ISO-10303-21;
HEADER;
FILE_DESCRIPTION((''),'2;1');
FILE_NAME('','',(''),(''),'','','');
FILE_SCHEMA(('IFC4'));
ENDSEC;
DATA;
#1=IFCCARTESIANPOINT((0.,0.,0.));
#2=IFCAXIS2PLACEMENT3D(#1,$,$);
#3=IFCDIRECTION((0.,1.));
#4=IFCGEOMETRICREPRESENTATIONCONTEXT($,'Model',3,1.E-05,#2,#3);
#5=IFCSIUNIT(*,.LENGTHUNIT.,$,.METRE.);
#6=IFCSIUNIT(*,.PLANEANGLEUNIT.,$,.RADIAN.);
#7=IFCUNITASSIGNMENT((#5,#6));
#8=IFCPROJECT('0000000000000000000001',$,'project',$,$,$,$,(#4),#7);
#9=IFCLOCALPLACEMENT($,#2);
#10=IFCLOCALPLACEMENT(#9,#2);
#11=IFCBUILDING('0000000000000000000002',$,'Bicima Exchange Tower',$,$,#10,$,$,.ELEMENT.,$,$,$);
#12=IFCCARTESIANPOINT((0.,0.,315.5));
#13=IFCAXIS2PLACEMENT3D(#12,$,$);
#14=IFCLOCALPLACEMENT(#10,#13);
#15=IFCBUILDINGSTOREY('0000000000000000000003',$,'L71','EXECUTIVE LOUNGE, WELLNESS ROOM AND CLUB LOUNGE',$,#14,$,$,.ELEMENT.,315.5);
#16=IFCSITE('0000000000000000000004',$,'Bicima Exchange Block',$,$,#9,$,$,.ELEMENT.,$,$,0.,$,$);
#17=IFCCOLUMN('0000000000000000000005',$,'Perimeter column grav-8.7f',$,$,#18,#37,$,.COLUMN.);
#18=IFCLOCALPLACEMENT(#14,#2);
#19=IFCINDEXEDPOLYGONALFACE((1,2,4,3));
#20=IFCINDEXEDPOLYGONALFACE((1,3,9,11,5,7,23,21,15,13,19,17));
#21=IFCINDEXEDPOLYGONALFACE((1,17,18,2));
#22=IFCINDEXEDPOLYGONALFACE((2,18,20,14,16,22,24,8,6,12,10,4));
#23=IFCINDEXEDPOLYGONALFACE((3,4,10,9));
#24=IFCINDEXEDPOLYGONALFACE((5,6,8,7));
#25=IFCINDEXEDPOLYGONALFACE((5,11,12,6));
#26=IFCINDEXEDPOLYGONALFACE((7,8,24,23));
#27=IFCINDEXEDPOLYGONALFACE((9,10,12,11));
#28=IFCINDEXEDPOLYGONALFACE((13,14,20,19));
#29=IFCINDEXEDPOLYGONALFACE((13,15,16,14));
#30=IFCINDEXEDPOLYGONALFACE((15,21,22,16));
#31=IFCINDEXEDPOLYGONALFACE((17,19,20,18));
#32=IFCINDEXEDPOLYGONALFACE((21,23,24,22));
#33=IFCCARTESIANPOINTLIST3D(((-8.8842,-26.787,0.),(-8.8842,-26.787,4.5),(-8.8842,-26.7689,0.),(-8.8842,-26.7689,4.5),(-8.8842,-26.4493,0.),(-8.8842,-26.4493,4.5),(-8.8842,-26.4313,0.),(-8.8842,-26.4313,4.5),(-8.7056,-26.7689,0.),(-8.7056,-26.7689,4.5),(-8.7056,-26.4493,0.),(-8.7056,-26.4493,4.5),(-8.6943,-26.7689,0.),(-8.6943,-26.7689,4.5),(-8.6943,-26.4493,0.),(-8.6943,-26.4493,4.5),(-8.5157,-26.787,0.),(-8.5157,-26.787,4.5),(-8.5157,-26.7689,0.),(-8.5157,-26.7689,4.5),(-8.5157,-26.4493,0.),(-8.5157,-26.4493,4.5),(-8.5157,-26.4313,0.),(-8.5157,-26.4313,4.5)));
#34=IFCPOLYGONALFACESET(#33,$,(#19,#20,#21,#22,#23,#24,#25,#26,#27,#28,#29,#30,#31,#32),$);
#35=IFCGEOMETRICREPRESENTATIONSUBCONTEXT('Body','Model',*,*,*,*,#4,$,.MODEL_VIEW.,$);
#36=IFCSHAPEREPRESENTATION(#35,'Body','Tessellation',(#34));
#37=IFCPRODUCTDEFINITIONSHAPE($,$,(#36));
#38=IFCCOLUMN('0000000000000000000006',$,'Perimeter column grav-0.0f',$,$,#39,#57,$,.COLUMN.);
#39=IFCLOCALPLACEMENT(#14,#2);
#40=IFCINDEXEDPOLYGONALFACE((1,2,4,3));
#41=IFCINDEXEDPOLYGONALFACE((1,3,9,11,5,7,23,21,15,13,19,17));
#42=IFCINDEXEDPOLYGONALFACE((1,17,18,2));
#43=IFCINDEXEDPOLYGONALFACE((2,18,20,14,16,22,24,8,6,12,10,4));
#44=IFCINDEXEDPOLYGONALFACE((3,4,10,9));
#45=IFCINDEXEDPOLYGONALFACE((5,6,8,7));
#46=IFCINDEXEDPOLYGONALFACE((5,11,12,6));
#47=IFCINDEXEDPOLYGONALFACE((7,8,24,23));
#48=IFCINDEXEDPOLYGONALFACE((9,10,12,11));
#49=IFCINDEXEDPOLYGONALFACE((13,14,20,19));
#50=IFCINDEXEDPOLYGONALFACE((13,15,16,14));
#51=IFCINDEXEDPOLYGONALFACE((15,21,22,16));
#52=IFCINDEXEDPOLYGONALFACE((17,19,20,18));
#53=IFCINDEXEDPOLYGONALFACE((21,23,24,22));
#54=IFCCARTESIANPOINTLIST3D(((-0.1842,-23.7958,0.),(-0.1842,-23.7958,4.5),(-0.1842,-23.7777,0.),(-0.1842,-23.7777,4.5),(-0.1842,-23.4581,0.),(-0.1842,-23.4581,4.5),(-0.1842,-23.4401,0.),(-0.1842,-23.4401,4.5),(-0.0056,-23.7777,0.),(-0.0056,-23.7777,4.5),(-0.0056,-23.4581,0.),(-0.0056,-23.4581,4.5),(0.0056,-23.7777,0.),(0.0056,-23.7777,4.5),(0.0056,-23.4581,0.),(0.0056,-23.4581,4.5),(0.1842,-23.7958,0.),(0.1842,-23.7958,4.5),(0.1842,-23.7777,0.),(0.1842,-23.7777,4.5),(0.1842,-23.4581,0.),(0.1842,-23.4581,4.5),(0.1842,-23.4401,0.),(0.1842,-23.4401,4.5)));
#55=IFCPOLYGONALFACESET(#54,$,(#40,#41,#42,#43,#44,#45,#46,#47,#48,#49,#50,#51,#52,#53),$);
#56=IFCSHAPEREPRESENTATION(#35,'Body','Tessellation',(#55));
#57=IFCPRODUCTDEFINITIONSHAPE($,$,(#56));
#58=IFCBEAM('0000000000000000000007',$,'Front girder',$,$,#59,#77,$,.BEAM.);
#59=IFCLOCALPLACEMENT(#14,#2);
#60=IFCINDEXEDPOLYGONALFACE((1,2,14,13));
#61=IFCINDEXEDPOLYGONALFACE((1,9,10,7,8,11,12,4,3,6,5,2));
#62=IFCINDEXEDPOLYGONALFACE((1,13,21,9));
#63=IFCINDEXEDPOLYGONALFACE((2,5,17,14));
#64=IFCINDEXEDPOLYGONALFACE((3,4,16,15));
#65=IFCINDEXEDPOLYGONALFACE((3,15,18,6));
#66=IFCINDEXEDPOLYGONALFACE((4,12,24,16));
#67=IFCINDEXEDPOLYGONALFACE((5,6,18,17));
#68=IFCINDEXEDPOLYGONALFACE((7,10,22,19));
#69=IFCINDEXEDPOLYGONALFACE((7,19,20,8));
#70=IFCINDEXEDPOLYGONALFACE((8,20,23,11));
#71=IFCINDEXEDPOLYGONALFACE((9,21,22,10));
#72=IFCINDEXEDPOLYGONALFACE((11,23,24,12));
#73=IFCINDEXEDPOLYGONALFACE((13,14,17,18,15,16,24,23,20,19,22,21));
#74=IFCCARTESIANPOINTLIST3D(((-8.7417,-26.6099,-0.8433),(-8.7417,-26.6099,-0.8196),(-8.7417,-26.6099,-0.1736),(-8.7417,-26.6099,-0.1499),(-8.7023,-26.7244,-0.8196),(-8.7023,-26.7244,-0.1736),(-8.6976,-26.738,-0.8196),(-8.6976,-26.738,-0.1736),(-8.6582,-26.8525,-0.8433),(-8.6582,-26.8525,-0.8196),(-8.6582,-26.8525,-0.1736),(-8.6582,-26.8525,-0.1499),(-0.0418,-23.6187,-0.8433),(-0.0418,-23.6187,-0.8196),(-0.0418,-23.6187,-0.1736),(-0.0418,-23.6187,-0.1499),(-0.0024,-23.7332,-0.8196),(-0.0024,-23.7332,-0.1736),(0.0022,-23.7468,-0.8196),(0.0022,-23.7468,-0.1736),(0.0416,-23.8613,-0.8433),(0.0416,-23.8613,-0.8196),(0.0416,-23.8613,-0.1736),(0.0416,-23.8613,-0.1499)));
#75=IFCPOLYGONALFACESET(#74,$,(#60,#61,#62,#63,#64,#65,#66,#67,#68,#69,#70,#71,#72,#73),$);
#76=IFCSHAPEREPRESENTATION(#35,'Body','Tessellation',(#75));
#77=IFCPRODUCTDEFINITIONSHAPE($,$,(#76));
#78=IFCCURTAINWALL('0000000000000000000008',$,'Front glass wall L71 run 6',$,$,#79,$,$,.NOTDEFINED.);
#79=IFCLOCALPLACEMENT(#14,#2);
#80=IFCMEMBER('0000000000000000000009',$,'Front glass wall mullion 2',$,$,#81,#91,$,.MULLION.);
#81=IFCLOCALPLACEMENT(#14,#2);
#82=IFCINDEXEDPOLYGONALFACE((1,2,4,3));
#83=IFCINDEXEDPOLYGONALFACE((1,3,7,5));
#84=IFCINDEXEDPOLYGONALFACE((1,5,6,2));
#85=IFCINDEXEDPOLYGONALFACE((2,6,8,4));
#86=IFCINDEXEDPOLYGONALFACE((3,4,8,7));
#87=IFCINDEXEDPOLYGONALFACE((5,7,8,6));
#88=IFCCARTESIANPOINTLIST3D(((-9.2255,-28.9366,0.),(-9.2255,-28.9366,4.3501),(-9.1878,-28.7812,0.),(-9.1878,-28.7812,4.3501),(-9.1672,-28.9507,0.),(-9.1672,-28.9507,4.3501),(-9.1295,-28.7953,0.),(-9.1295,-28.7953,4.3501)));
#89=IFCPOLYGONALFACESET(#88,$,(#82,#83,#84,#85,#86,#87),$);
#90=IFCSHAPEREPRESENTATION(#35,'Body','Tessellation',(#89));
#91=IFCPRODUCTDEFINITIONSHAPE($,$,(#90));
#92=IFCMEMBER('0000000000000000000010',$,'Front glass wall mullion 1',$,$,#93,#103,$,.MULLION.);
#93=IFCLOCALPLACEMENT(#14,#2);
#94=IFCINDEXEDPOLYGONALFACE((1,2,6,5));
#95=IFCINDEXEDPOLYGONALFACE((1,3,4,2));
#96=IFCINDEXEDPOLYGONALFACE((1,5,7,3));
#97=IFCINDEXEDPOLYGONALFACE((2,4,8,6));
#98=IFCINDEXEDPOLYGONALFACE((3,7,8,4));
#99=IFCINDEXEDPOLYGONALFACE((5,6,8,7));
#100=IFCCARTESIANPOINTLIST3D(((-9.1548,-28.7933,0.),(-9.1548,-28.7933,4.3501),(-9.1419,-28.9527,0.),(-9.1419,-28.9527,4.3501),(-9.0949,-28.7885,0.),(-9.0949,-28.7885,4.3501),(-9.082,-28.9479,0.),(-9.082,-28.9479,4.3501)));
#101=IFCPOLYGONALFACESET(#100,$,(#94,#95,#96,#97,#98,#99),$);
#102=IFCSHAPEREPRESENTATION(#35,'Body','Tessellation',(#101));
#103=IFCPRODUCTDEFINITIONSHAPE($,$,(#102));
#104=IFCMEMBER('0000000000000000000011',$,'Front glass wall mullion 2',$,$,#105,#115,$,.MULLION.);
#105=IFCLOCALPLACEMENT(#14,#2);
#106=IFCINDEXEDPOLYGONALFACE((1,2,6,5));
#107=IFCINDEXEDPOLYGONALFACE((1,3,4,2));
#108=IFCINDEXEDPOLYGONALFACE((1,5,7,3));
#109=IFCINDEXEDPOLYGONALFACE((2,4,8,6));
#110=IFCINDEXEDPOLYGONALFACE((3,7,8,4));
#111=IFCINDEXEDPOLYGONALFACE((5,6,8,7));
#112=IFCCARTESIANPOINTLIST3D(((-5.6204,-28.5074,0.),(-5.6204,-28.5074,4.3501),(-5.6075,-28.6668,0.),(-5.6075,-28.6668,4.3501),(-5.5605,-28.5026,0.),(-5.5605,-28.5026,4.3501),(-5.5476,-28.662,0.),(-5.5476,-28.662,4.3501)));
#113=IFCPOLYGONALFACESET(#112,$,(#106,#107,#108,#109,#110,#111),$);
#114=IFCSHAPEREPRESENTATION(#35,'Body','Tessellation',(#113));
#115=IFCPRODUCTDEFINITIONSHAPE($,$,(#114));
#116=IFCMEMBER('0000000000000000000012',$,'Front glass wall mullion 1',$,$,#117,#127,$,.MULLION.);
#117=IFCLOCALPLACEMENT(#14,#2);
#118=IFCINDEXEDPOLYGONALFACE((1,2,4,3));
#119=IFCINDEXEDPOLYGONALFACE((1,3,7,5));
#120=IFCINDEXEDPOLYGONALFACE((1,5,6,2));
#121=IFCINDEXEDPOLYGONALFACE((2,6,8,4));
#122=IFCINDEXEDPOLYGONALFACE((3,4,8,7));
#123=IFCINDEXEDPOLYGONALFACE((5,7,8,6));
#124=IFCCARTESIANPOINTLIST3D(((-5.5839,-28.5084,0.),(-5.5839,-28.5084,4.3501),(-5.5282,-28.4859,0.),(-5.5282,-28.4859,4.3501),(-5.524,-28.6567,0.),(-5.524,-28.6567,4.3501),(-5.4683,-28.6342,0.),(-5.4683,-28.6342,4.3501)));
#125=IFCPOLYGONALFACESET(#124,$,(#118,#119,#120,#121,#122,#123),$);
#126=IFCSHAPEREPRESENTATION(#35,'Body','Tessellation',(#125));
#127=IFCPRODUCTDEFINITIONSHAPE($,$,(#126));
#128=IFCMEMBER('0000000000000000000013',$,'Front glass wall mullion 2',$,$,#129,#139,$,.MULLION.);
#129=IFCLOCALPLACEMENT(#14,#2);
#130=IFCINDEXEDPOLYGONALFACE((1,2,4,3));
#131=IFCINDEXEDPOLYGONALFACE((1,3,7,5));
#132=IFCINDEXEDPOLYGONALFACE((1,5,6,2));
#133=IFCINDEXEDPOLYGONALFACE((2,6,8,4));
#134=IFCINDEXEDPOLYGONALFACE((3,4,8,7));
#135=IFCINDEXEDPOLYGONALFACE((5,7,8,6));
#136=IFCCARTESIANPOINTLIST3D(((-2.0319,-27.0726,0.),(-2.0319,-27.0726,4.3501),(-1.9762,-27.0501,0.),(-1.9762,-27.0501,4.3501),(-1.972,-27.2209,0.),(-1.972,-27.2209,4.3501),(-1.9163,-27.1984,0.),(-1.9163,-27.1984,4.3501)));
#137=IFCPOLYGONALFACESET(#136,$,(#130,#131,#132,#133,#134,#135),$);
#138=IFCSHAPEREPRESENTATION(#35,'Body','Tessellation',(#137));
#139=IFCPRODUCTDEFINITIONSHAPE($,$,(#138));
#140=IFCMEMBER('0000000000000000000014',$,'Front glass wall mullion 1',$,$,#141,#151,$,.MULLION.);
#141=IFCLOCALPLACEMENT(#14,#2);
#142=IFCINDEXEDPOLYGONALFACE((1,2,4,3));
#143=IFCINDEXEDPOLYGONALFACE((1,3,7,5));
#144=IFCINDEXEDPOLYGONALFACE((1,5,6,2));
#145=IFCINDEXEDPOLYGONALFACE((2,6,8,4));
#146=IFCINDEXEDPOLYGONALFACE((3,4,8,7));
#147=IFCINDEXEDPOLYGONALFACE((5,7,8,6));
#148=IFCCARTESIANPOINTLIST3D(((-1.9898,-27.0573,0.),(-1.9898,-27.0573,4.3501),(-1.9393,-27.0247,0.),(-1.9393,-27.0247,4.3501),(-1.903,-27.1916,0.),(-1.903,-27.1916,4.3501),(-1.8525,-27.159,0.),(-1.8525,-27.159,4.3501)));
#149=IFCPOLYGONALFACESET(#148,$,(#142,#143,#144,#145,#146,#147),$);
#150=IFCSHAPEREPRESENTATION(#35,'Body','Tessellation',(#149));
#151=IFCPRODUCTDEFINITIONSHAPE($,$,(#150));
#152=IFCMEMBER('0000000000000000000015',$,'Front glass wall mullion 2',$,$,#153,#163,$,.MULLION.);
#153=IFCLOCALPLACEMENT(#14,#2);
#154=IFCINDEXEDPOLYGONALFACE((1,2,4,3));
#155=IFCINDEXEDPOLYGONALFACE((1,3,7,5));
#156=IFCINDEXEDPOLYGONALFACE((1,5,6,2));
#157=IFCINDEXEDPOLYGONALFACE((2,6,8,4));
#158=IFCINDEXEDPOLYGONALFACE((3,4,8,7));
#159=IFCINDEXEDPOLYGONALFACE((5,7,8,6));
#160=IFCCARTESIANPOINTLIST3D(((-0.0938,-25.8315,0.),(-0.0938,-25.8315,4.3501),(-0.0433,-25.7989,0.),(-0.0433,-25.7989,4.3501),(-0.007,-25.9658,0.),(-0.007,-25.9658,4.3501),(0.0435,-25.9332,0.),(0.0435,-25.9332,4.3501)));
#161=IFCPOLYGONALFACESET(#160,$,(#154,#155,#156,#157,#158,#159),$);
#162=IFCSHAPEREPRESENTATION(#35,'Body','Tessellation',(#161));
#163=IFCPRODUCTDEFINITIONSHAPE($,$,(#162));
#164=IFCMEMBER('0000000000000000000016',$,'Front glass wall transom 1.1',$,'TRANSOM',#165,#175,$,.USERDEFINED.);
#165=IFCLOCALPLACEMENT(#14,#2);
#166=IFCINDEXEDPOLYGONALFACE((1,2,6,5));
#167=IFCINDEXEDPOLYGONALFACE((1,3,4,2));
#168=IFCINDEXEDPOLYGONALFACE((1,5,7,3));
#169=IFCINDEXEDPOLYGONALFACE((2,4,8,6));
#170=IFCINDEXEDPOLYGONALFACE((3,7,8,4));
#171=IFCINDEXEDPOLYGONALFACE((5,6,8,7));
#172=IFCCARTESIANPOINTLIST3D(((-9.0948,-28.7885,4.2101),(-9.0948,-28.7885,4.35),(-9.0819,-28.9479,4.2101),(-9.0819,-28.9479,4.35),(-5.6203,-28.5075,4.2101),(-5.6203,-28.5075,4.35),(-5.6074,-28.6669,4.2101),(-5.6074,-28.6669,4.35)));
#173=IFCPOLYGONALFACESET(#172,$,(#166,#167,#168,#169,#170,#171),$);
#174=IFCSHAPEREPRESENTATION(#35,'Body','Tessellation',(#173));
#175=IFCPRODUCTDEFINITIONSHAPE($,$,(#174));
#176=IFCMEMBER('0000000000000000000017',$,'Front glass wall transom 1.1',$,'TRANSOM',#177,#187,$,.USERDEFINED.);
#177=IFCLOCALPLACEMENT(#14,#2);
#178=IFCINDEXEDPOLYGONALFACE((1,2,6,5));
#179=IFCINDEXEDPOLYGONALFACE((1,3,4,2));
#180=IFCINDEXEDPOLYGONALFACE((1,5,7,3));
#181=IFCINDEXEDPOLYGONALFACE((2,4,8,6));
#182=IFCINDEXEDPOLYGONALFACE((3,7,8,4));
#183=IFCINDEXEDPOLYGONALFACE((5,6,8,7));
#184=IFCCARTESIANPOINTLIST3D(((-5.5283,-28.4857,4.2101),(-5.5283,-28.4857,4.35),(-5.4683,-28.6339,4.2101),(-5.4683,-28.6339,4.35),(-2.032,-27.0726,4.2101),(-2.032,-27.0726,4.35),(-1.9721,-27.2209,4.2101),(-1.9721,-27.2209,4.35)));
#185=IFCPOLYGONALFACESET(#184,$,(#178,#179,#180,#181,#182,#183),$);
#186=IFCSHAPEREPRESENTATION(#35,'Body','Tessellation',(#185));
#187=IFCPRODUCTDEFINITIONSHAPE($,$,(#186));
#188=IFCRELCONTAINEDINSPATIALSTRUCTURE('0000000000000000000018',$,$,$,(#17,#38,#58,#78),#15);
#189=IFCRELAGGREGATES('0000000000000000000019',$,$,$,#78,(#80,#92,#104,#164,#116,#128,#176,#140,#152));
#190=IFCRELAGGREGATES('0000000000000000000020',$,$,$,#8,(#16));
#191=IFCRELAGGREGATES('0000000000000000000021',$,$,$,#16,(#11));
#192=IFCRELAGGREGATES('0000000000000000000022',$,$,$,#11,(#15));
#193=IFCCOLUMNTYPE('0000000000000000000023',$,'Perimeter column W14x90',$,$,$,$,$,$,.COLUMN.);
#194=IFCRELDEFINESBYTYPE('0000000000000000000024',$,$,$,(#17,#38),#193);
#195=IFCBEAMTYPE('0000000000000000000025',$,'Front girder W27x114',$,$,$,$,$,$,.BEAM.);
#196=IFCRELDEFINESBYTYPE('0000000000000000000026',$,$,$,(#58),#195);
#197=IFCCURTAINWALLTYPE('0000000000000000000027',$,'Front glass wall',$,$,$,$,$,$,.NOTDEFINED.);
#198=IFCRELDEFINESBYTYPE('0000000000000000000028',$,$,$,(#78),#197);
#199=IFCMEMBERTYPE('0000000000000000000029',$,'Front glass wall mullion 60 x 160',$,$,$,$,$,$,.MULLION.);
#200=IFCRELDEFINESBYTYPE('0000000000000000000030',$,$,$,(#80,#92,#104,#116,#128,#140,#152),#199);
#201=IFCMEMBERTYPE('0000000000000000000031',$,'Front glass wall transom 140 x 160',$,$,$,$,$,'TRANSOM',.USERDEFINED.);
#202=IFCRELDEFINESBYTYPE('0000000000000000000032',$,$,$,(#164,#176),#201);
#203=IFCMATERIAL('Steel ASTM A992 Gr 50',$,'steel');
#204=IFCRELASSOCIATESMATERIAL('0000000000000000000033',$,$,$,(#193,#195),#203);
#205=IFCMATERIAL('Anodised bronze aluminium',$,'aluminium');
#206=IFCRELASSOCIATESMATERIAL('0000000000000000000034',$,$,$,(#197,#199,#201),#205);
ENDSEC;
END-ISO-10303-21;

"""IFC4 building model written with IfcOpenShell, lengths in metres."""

from ifc_helpers import new_model, si_unit, direction, frame, origin, origin_2d, place, context, subcontext, project, spatial, rectangle, i_section, extrude, material, material_profile, profile_set, type_object, element, aggregate, save


model = new_model("IFC4")

# Units and contexts
model_context = context("Model", 3, precision=1e-05, world=origin(), true_north=direction((0.0, 1.0)))
body_context = subcontext(model_context, "Body", "Model", "MODEL_VIEW")
ifc_project = project(units=[si_unit("LENGTHUNIT", "METRE"), si_unit("PLANEANGLEUNIT", "RADIAN")], contexts=[model_context])

# Site, building, storey
site_placement = place(None, origin())
site = spatial("IfcSite", under=ifc_project, at=site_placement, Name="Bicima Exchange Block", CompositionType="ELEMENT", RefElevation=0.0)
building_placement = place(site_placement, origin())
building = spatial("IfcBuilding", under=site, at=building_placement, Name="Bicima Exchange Tower", CompositionType="ELEMENT")
storey_placement = place(building_placement, frame((0.0, 0.0, 315.5)))
storey = spatial("IfcBuildingStorey", under=building, at=storey_placement, Name="L71", Description="EXECUTIVE LOUNGE, WELLNESS ROOM AND CLUB LOUNGE", CompositionType="ELEMENT", Elevation=315.5)

# Columns
ifc_material_1 = material(Name="Steel ASTM A992 Gr 50", Category="steel")
ifc_material_profile_1 = material_profile(ifc_material_1, i_section(OverallWidth=0.3684, OverallDepth=0.3557, WebThickness=0.0112, FlangeThickness=0.0181, at=origin_2d()))
ifc_profile_set_1 = profile_set([ifc_material_profile_1], Name="Steel ASTM A992 Gr 50")
column_type = type_object("IfcColumnType", Name="Perimeter column W14x90", PredefinedType="COLUMN", material=ifc_profile_set_1)
for number, where, z_axis, x_axis, name in (
    (1, (-8.7, -26.6091, 0.0), (0.0, 0.0, 1.0), (1.0, 0.0, 0.0), "Perimeter column grav-8.7f"),
    (2, (0.0, -23.6179, 0.0), (0.0, 0.0, 1.0), (1.0, 0.0, 0.0), "Perimeter column grav-0.0f"),
):
    element("IfcColumn", number, at=place(storey_placement, frame(where, z_axis=z_axis, x_axis=x_axis)), inside=storey, type_object=column_type, Name=name, PredefinedType="COLUMN", context=body_context, shape_type="SweptSolid", body=[
        extrude(i_section(OverallWidth=0.3684, OverallDepth=0.3557, WebThickness=0.0112, FlangeThickness=0.0181, at=origin_2d()), origin(), (0.0, 0.0, 1.0), 4.5),
    ])

# Beam
ifc_material_profile_2 = material_profile(ifc_material_1, i_section(OverallWidth=0.2566, OverallDepth=0.6934, WebThickness=0.0144, FlangeThickness=0.0237, at=origin_2d()))
ifc_profile_set_2 = profile_set([ifc_material_profile_2], Name="Steel ASTM A992 Gr 50")
beam_type = type_object("IfcBeamType", Name="Front girder W27x114", PredefinedType="BEAM", material=ifc_profile_set_2)
beam_placement = place(storey_placement, frame((-8.7, -26.7312, -0.4966), z_axis=(0.945666, 0.325138, 0.0), x_axis=(-0.325138, 0.945666, 0.0)))
element("IfcBeam", 3, at=beam_placement, inside=storey, type_object=beam_type, Name="Front girder", PredefinedType="BEAM", context=body_context, shape_type="SweptSolid", body=[
    extrude(i_section(OverallWidth=0.2566, OverallDepth=0.6934, WebThickness=0.0144, FlangeThickness=0.0237, at=origin_2d()), origin(), (0.0, 0.0, 1.0), 9.1997),
])

# Curtain wall, members
ifc_material_2 = material(Name="Anodised bronze aluminium", Category="aluminium")
curtain_wall_type = type_object("IfcCurtainWallType", Name="Front glass wall", PredefinedType="NOTDEFINED", material=ifc_material_2)
curtain_wall_placement = place(storey_placement, origin())
curtain_wall = element("IfcCurtainWall", 4, at=curtain_wall_placement, inside=storey, type_object=curtain_wall_type, Name="Front glass wall L71 run 6", PredefinedType="NOTDEFINED")
ifc_material_profile_3 = material_profile(ifc_material_2, rectangle(XDim=0.1599, YDim=0.0601, at=origin_2d()))
ifc_profile_set_3 = profile_set([ifc_material_profile_3], Name="Anodised bronze aluminium")
member_type_1 = type_object("IfcMemberType", Name="Front glass wall mullion 60 x 160", PredefinedType="MULLION", material=ifc_profile_set_3)
member_1_placement = place(storey_placement, frame((-9.1775, -28.866, 0.0), z_axis=(0.0, 0.0, 1.0), x_axis=(0.235682, 0.97183, 0.0)))
member_1 = element("IfcMember", 5, at=member_1_placement, type_object=member_type_1, Name="Front glass wall mullion 2", PredefinedType="MULLION", context=body_context, shape_type="SweptSolid", body=[
    extrude(rectangle(XDim=0.1599, YDim=0.0601, at=origin_2d()), origin(), (0.0, 0.0, 1.0), 4.3501),
])
member_2_placement = place(storey_placement, frame((-9.1184, -28.8706, 0.0), z_axis=(0.0, 0.0, 1.0), x_axis=(-0.080589, 0.996747, 0.0)))
member_2 = element("IfcMember", 6, at=member_2_placement, type_object=member_type_1, Name="Front glass wall mullion 1", PredefinedType="MULLION", context=body_context, shape_type="SweptSolid", body=[
    extrude(rectangle(XDim=0.1599, YDim=0.0601, at=origin_2d()), origin(), (0.0, 0.0, 1.0), 4.3501),
])
member_3_placement = place(storey_placement, frame((-5.584, -28.5847, 0.0), z_axis=(0.0, 0.0, 1.0), x_axis=(-0.080589, 0.996747, 0.0)))
member_3 = element("IfcMember", 7, at=member_3_placement, type_object=member_type_1, Name="Front glass wall mullion 2", PredefinedType="MULLION", context=body_context, shape_type="SweptSolid", body=[
    extrude(rectangle(XDim=0.1599, YDim=0.0601, at=origin_2d()), origin(), (0.0, 0.0, 1.0), 4.3501),
])
member_4_placement = place(storey_placement, frame((-5.5261, -28.5713, 0.0), z_axis=(0.0, 0.0, 1.0), x_axis=(-0.374705, 0.927144, 0.0)))
member_4 = element("IfcMember", 8, at=member_4_placement, type_object=member_type_1, Name="Front glass wall mullion 1", PredefinedType="MULLION", context=body_context, shape_type="SweptSolid", body=[
    extrude(rectangle(XDim=0.1599, YDim=0.0601, at=origin_2d()), origin(), (0.0, 0.0, 1.0), 4.3501),
])
member_5_placement = place(storey_placement, frame((-1.9741, -27.1355, 0.0), z_axis=(0.0, 0.0, 1.0), x_axis=(-0.374705, 0.927144, 0.0)))
member_5 = element("IfcMember", 9, at=member_5_placement, type_object=member_type_1, Name="Front glass wall mullion 2", PredefinedType="MULLION", context=body_context, shape_type="SweptSolid", body=[
    extrude(rectangle(XDim=0.1599, YDim=0.0601, at=origin_2d()), origin(), (0.0, 0.0, 1.0), 4.3501),
])
member_6_placement = place(storey_placement, frame((-1.9211, -27.1082, 0.0), z_axis=(0.0, 0.0, 1.0), x_axis=(-0.542897, 0.839799, 0.0)))
member_6 = element("IfcMember", 10, at=member_6_placement, type_object=member_type_1, Name="Front glass wall mullion 1", PredefinedType="MULLION", context=body_context, shape_type="SweptSolid", body=[
    extrude(rectangle(XDim=0.1599, YDim=0.0601, at=origin_2d()), origin(), (0.0, 0.0, 1.0), 4.3501),
])
member_7_placement = place(storey_placement, frame((-0.0251, -25.8823, 0.0), z_axis=(0.0, 0.0, 1.0), x_axis=(-0.542897, 0.839799, 0.0)))
member_7 = element("IfcMember", 11, at=member_7_placement, type_object=member_type_1, Name="Front glass wall mullion 2", PredefinedType="MULLION", context=body_context, shape_type="SweptSolid", body=[
    extrude(rectangle(XDim=0.1599, YDim=0.0601, at=origin_2d()), origin(), (0.0, 0.0, 1.0), 4.3501),
])
ifc_material_profile_4 = material_profile(ifc_material_2, rectangle(XDim=0.1599, YDim=0.1399, at=origin_2d()))
ifc_profile_set_4 = profile_set([ifc_material_profile_4], Name="Anodised bronze aluminium")
member_type_2 = type_object("IfcMemberType", Name="Front glass wall transom 140 x 160", ElementType="TRANSOM", PredefinedType="USERDEFINED", material=ifc_profile_set_4)
member_8_placement = place(storey_placement, frame((-9.0884, -28.8682, 4.28), z_axis=(0.996746, 0.080611, 0.0), x_axis=(-0.080611, 0.996746, 0.0)))
member_8 = element("IfcMember", 12, at=member_8_placement, type_object=member_type_2, Name="Front glass wall transom 1.1", ObjectType="TRANSOM", PredefinedType="USERDEFINED", context=body_context, shape_type="SweptSolid", body=[
    extrude(rectangle(XDim=0.1599, YDim=0.1399, at=origin_2d()), origin(), (0.0, 0.0, 1.0), 3.4858),
])
member_9_placement = place(storey_placement, frame((-5.4983, -28.5598, 4.28), z_axis=(0.92714, 0.374715, 0.0), x_axis=(-0.374715, 0.92714, 0.0)))
member_9 = element("IfcMember", 13, at=member_9_placement, type_object=member_type_2, Name="Front glass wall transom 1.1", ObjectType="TRANSOM", PredefinedType="USERDEFINED", context=body_context, shape_type="SweptSolid", body=[
    extrude(rectangle(XDim=0.1599, YDim=0.1399, at=origin_2d()), origin(), (0.0, 0.0, 1.0), 3.771),
])

aggregate(curtain_wall, [member_1, member_2, member_3, member_8, member_4, member_5, member_9, member_6, member_7])

save(model, "model.ifc")
